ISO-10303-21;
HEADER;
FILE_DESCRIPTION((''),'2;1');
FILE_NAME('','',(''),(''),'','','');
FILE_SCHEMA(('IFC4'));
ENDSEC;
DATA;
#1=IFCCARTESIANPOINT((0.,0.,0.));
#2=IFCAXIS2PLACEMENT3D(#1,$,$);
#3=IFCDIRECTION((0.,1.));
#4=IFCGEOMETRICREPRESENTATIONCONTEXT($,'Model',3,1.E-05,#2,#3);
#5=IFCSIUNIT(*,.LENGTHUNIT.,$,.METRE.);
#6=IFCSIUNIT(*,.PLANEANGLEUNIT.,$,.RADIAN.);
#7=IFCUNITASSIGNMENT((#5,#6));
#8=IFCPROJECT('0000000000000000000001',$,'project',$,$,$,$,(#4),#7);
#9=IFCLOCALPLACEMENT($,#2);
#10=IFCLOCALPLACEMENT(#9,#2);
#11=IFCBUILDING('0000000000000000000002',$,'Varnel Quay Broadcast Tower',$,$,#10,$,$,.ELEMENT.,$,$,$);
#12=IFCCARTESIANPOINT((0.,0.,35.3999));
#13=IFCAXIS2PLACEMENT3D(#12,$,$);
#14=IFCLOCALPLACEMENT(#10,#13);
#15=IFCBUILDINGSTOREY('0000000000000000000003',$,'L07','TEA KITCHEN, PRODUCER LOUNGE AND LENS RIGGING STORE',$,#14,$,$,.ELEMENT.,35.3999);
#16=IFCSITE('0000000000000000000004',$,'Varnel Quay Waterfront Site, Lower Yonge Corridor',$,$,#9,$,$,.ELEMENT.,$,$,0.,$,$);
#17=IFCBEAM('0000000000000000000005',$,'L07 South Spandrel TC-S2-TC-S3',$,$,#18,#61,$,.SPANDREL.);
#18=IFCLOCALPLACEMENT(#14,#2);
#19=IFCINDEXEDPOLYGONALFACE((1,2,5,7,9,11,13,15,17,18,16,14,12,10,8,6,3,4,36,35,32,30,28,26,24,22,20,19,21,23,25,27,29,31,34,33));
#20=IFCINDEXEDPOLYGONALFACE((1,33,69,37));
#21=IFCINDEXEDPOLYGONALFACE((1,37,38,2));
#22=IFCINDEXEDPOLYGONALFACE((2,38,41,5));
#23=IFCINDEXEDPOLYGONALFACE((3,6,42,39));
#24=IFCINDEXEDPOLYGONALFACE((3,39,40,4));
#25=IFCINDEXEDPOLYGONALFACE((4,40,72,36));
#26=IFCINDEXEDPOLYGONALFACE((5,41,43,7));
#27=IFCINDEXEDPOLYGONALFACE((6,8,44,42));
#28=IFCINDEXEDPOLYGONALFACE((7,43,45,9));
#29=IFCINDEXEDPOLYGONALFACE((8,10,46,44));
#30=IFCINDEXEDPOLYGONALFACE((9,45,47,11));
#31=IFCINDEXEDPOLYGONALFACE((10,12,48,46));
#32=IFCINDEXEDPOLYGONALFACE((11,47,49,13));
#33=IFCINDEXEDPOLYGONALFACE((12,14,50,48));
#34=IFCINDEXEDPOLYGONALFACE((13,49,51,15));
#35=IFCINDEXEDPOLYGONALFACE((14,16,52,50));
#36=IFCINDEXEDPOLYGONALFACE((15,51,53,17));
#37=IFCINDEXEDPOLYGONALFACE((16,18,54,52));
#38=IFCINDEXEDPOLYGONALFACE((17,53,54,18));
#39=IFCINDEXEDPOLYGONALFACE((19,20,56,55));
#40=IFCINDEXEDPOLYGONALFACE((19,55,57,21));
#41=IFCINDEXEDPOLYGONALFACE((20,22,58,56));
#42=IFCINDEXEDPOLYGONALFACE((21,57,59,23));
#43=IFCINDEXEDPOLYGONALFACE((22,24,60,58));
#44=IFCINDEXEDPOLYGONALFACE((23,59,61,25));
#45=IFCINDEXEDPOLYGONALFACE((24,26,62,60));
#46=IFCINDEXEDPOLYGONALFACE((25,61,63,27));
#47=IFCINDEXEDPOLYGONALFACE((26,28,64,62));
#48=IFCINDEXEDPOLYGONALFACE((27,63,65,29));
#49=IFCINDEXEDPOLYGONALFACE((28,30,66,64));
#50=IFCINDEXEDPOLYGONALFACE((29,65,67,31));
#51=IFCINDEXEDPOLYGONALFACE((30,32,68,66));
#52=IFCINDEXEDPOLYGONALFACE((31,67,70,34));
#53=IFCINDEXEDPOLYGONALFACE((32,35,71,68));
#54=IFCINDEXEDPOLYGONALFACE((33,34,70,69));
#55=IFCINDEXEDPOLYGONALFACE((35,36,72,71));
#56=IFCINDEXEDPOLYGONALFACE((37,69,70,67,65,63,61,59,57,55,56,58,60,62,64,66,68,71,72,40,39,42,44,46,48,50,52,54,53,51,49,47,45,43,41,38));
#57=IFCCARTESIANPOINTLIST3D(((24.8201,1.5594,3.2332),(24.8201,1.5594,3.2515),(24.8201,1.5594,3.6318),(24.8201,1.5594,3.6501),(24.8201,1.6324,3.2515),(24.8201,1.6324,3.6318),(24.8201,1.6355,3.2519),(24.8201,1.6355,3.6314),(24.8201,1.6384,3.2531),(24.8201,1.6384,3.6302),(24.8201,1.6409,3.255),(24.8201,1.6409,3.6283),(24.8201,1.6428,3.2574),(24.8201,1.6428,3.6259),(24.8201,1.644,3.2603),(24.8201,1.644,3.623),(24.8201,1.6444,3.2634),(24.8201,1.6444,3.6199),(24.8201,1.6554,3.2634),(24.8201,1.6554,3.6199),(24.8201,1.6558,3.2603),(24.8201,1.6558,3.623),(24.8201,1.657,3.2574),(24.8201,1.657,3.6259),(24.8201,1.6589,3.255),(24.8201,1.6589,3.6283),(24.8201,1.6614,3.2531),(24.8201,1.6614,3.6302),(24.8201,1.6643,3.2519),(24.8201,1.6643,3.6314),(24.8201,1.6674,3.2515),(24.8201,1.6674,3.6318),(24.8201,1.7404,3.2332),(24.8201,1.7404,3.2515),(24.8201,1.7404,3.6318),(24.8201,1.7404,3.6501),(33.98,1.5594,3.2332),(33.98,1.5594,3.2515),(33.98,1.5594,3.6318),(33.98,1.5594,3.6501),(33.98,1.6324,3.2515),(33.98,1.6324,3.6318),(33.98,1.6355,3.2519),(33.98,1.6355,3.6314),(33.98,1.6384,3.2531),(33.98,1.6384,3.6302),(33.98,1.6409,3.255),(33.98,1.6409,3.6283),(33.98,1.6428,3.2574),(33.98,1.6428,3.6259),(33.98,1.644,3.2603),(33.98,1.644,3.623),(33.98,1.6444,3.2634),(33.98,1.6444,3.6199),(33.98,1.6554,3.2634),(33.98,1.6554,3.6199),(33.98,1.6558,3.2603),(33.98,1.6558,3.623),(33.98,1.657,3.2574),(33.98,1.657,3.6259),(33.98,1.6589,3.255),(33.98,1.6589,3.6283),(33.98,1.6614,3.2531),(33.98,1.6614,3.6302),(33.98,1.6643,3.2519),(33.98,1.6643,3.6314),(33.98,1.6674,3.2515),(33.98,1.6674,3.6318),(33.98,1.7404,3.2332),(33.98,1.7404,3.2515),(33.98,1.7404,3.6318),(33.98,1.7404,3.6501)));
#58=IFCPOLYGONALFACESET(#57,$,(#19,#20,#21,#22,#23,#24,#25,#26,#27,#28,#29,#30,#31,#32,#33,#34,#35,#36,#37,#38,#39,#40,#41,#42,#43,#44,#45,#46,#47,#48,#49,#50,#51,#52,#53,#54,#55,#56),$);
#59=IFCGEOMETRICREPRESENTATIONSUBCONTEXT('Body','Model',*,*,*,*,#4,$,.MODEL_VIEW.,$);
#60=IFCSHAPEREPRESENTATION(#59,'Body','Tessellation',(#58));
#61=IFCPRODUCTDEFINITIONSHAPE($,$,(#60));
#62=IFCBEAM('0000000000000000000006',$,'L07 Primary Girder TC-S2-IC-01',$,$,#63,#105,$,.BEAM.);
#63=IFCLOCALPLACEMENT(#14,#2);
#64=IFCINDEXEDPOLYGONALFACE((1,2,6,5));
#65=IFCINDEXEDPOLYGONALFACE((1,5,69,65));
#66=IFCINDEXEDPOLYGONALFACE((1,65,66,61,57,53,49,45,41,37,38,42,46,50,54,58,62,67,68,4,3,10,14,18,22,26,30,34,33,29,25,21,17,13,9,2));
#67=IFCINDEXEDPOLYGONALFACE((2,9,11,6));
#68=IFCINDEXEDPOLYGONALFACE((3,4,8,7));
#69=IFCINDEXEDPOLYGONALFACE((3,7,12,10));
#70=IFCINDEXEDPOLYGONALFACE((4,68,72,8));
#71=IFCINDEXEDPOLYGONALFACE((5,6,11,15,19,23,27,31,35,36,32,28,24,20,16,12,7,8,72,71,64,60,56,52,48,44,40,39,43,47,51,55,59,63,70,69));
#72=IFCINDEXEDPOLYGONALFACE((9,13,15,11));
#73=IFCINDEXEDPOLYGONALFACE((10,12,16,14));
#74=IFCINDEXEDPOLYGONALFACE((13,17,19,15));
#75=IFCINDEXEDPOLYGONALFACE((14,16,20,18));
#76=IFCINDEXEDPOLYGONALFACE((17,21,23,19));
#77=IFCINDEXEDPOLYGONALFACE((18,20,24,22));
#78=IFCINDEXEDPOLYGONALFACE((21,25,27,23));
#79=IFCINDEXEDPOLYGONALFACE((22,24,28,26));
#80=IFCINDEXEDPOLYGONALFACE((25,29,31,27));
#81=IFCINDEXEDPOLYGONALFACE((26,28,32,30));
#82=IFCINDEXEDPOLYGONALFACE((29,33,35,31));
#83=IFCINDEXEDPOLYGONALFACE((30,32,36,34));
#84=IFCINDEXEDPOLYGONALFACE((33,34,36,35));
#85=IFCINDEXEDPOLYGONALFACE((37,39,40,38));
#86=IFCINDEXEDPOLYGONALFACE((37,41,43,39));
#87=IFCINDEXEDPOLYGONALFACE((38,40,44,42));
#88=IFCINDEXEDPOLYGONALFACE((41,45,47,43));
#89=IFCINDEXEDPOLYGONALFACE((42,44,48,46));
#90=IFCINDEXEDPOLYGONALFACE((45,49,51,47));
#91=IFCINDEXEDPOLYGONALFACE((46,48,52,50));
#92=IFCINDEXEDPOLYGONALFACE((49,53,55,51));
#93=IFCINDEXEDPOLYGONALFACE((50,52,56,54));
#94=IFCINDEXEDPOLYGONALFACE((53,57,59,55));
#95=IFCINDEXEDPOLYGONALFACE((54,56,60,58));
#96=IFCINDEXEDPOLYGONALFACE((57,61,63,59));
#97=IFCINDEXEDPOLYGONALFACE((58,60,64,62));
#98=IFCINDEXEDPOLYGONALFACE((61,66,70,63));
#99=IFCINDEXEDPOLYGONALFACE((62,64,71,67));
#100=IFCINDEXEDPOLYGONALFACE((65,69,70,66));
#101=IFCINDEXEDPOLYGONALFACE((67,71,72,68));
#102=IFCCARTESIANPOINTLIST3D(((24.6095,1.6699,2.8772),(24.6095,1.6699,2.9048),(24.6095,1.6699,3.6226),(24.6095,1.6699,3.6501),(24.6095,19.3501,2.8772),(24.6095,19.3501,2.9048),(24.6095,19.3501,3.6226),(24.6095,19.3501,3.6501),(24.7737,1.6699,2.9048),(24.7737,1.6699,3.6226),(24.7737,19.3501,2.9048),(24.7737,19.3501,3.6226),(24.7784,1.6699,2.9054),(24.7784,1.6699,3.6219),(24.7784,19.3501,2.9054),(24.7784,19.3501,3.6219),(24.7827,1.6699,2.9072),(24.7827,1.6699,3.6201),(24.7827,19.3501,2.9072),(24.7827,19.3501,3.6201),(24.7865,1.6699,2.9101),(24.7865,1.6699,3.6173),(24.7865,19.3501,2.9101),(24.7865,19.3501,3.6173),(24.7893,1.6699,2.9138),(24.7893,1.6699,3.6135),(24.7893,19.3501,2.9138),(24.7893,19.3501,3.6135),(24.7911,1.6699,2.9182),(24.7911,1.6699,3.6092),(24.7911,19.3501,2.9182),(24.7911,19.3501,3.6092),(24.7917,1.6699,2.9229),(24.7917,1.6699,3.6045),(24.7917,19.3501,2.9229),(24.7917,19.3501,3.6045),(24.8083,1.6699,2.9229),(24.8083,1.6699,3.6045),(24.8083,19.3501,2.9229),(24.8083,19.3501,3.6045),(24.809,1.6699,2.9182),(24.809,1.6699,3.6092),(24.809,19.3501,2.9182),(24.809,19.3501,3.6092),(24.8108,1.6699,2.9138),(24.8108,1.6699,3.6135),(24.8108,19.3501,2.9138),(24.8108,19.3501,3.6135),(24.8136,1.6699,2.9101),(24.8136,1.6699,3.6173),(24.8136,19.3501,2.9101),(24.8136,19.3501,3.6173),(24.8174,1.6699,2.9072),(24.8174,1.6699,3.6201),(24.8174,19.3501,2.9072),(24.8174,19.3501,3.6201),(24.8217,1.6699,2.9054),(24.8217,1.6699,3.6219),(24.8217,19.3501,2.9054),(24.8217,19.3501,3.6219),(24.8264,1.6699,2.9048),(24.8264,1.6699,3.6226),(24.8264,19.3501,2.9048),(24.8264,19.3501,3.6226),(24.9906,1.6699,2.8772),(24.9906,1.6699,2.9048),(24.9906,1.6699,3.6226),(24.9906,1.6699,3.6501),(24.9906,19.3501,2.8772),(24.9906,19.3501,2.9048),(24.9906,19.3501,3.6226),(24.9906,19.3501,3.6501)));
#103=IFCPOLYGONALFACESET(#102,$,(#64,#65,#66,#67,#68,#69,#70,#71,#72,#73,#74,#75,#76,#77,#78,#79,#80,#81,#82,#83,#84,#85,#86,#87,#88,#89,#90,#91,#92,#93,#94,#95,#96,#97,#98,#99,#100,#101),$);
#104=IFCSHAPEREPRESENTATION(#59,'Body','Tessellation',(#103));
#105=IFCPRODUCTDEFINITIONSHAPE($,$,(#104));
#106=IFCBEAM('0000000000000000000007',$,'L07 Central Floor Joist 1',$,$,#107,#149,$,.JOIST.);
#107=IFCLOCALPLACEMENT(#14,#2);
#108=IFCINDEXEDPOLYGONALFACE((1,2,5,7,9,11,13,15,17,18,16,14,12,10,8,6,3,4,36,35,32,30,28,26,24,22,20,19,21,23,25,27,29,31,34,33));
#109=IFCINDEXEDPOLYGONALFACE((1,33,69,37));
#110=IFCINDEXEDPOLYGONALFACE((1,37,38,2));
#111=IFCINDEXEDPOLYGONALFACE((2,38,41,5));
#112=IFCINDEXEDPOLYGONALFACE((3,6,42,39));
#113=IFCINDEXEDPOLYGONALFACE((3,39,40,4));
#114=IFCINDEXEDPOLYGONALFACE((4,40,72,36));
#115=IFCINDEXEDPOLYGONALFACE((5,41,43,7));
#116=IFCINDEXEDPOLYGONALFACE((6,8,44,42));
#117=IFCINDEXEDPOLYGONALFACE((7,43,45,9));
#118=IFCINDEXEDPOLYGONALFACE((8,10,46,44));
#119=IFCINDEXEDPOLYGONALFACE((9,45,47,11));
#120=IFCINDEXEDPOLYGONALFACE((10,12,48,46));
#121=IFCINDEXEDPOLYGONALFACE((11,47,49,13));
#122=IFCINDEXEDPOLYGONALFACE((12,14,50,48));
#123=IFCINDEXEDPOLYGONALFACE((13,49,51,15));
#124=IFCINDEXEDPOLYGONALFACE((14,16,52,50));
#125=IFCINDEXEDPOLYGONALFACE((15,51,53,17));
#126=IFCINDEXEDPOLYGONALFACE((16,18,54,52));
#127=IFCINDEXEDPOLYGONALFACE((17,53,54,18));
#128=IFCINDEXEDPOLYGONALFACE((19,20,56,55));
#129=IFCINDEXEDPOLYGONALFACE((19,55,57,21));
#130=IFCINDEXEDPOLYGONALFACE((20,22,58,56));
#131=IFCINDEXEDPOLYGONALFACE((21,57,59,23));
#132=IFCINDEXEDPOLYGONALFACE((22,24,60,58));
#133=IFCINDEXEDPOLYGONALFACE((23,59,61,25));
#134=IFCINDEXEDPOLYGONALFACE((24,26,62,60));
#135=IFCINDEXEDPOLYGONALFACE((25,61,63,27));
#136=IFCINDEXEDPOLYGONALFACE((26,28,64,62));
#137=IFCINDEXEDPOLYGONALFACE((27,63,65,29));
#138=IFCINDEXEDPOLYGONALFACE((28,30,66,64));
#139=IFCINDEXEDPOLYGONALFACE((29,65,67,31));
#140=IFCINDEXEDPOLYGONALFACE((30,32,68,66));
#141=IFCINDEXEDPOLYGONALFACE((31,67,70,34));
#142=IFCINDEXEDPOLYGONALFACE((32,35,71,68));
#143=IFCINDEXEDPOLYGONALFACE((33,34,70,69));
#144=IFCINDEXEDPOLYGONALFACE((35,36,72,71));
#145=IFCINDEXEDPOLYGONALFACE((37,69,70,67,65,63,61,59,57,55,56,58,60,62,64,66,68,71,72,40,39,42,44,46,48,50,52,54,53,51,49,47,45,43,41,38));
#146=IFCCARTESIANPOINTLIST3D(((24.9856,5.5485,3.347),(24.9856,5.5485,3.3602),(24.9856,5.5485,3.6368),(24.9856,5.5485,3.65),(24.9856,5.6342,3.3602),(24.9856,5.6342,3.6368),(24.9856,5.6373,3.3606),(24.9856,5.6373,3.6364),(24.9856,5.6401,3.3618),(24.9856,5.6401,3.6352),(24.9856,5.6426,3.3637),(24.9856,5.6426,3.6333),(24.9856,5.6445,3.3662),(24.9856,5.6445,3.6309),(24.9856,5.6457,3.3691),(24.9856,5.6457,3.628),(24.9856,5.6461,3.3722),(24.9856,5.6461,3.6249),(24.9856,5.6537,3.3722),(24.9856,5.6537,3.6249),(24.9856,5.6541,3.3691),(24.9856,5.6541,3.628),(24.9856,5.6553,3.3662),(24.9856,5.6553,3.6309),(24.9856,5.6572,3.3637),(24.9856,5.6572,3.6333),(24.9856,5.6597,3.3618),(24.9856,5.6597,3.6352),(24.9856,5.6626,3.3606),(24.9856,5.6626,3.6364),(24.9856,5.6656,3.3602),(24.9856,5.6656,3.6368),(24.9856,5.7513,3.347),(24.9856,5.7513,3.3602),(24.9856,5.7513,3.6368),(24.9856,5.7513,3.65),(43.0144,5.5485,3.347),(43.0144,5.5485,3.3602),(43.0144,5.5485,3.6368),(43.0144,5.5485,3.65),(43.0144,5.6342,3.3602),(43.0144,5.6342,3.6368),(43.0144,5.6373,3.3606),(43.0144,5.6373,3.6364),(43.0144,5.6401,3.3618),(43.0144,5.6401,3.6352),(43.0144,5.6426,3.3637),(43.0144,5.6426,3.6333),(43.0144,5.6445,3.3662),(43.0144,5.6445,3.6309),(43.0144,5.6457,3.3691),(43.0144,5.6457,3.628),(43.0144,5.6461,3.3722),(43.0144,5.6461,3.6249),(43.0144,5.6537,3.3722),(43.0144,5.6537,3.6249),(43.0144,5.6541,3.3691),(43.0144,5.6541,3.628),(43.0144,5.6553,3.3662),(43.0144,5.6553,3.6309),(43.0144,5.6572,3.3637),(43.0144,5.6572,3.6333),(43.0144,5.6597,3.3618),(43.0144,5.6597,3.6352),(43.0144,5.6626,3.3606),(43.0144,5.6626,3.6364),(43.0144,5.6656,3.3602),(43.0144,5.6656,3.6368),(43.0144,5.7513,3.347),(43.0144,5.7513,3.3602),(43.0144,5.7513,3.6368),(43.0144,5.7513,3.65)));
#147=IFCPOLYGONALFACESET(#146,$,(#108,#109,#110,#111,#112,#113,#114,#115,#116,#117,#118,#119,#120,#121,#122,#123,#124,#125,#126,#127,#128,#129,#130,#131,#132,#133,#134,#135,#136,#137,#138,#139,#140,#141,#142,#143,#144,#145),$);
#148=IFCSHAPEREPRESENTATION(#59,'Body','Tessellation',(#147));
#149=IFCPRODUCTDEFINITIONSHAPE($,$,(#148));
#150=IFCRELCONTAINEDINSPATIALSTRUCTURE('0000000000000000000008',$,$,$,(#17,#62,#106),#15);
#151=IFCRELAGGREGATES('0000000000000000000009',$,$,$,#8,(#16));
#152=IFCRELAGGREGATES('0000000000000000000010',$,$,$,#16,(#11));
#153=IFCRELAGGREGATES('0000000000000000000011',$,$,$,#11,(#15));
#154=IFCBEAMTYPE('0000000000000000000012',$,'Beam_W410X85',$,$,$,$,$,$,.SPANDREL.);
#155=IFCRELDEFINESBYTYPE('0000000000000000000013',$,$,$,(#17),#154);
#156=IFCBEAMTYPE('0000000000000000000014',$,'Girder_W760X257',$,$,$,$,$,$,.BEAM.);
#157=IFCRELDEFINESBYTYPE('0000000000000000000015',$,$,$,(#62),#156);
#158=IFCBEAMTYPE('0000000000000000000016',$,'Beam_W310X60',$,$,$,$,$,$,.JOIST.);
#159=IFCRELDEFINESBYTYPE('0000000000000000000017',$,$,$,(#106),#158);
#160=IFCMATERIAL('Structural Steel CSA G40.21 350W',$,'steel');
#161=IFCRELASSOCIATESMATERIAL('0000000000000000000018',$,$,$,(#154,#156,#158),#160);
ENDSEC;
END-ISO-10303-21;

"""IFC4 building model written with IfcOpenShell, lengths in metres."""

from ifc_helpers import new_model, si_unit, direction, frame, origin, origin_2d, place, context, subcontext, project, spatial, i_section, extrude, source, transform, mapped, material, material_profile, profile_set, type_object, type_shapes, element, save


model = new_model("IFC4")

# Units and contexts
model_context = context("Model", 3, precision=1e-05, world=origin(), true_north=direction((0.0, 1.0)))
body_context = subcontext(model_context, "Body", "Model", "MODEL_VIEW")
ifc_project = project(units=[si_unit("LENGTHUNIT", "METRE"), si_unit("PLANEANGLEUNIT", "RADIAN")], contexts=[model_context])

# Site, building, storey
site_placement = place(None, origin())
site = spatial("IfcSite", under=ifc_project, at=site_placement, Name="Varnel Quay Waterfront Site, Lower Yonge Corridor", CompositionType="ELEMENT", RefElevation=0.0)
building_placement = place(site_placement, origin())
building = spatial("IfcBuilding", under=site, at=building_placement, Name="Varnel Quay Broadcast Tower", CompositionType="ELEMENT")
storey_placement = place(building_placement, frame((0.0, 0.0, 35.3999)))
storey = spatial("IfcBuildingStorey", under=building, at=storey_placement, Name="L07", Description="TEA KITCHEN, PRODUCER LOUNGE AND LENS RIGGING STORE", CompositionType="ELEMENT", Elevation=35.3999)

# Shared definitions
ifc_material_1 = material(Name="Structural Steel CSA G40.21 350W", Category="steel")

# Beams
ifc_material_profile_1 = material_profile(ifc_material_1, i_section(OverallWidth=0.1809, OverallDepth=0.417, WebThickness=0.011, FlangeThickness=0.0183, FilletRadius=0.012, at=origin_2d()), Name="W410X85")
ifc_profile_set_1 = profile_set([ifc_material_profile_1], Name="Structural Steel CSA G40.21 350W")
beam_type_1 = type_object("IfcBeamType", Name="Beam_W410X85", PredefinedType="SPANDREL", material=ifc_profile_set_1)
shared_shape_1 = source(origin(), body_context, "Body", "SweptSolid", [
    extrude(i_section(OverallWidth=0.1809, OverallDepth=0.417, WebThickness=0.011, FlangeThickness=0.0183, FilletRadius=0.012, at=origin_2d()), origin(), (0.0, 0.0, 1.0), 9.1599),
])
for number, where, z_axis, x_axis, name in (
    (1, (24.8201, 1.6499, 3.4417), (1.0, 0.0, 0.0), (0.0, 1.0, 0.0), "L07 South Spandrel TC-S2-TC-S3"),
):
    element("IfcBeam", number, at=place(storey_placement, frame(where, z_axis=z_axis, x_axis=x_axis)), inside=storey, type_object=beam_type_1, Name=name, PredefinedType="SPANDREL", context=body_context, shape_type="MappedRepresentation", body=[
        mapped(shared_shape_1, transform((0.0, 0.0, 0.0), x_axis=(1.0, 0.0, 0.0), y_axis=(0.0, 1.0, 0.0), z_axis=(0.0, 0.0, 1.0), scale=1.0)),
    ])
ifc_material_profile_2 = material_profile(ifc_material_1, i_section(OverallWidth=0.3811, OverallDepth=0.7729, WebThickness=0.0166, FlangeThickness=0.0276, FilletRadius=0.0181, at=origin_2d()), Name="W760X257")
ifc_profile_set_2 = profile_set([ifc_material_profile_2], Name="Structural Steel CSA G40.21 350W")
beam_type_2 = type_object("IfcBeamType", Name="Girder_W760X257", PredefinedType="BEAM", material=ifc_profile_set_2)
shared_shape_2 = source(origin(), body_context, "Body", "SweptSolid", [
    extrude(i_section(OverallWidth=0.3811, OverallDepth=0.7729, WebThickness=0.0166, FlangeThickness=0.0276, FilletRadius=0.0181, at=origin_2d()), origin(), (0.0, 0.0, 1.0), 17.6802),
])
type_shapes(beam_type_2, [shared_shape_2])
beam_1_placement = place(storey_placement, frame((24.8, 1.6699, 3.2637), z_axis=(0.0, 1.0, 0.0), x_axis=(-1.0, 0.0, 0.0)))
element("IfcBeam", 2, at=beam_1_placement, inside=storey, type_object=beam_type_2, Name="L07 Primary Girder TC-S2-IC-01", PredefinedType="BEAM", context=body_context, shape_type="MappedRepresentation", body=[
    mapped(shared_shape_2, transform((0.0, 0.0, 0.0), x_axis=(1.0, 0.0, 0.0), y_axis=(0.0, 1.0, 0.0), z_axis=(0.0, 0.0, 1.0), scale=1.0)),
])
ifc_material_profile_3 = material_profile(ifc_material_1, i_section(OverallWidth=0.2029, OverallDepth=0.303, WebThickness=0.0076, FlangeThickness=0.0132, FilletRadius=0.012, at=origin_2d()), Name="W310X60")
ifc_profile_set_3 = profile_set([ifc_material_profile_3], Name="Structural Steel CSA G40.21 350W")
beam_type_3 = type_object("IfcBeamType", Name="Beam_W310X60", PredefinedType="JOIST", material=ifc_profile_set_3)
shared_shape_3 = source(origin(), body_context, "Body", "SweptSolid", [
    extrude(i_section(OverallWidth=0.2029, OverallDepth=0.303, WebThickness=0.0076, FlangeThickness=0.0132, FilletRadius=0.012, at=origin_2d()), origin(), (0.0, 0.0, 1.0), 18.0288),
])
type_shapes(beam_type_3, [shared_shape_3])
for number, where, z_axis, x_axis, name in (
    (3, (24.9856, 5.6499, 3.4985), (1.0, 0.0, 0.0), (0.0, 1.0, 0.0), "L07 Central Floor Joist 1"),
):
    element("IfcBeam", number, at=place(storey_placement, frame(where, z_axis=z_axis, x_axis=x_axis)), inside=storey, type_object=beam_type_3, Name=name, PredefinedType="JOIST", context=body_context, shape_type="MappedRepresentation", body=[
        mapped(shared_shape_3, transform((0.0, 0.0, 0.0), x_axis=(1.0, 0.0, 0.0), y_axis=(0.0, 1.0, 0.0), z_axis=(0.0, 0.0, 1.0), scale=1.0)),
    ])

save(model, "model.ifc")
